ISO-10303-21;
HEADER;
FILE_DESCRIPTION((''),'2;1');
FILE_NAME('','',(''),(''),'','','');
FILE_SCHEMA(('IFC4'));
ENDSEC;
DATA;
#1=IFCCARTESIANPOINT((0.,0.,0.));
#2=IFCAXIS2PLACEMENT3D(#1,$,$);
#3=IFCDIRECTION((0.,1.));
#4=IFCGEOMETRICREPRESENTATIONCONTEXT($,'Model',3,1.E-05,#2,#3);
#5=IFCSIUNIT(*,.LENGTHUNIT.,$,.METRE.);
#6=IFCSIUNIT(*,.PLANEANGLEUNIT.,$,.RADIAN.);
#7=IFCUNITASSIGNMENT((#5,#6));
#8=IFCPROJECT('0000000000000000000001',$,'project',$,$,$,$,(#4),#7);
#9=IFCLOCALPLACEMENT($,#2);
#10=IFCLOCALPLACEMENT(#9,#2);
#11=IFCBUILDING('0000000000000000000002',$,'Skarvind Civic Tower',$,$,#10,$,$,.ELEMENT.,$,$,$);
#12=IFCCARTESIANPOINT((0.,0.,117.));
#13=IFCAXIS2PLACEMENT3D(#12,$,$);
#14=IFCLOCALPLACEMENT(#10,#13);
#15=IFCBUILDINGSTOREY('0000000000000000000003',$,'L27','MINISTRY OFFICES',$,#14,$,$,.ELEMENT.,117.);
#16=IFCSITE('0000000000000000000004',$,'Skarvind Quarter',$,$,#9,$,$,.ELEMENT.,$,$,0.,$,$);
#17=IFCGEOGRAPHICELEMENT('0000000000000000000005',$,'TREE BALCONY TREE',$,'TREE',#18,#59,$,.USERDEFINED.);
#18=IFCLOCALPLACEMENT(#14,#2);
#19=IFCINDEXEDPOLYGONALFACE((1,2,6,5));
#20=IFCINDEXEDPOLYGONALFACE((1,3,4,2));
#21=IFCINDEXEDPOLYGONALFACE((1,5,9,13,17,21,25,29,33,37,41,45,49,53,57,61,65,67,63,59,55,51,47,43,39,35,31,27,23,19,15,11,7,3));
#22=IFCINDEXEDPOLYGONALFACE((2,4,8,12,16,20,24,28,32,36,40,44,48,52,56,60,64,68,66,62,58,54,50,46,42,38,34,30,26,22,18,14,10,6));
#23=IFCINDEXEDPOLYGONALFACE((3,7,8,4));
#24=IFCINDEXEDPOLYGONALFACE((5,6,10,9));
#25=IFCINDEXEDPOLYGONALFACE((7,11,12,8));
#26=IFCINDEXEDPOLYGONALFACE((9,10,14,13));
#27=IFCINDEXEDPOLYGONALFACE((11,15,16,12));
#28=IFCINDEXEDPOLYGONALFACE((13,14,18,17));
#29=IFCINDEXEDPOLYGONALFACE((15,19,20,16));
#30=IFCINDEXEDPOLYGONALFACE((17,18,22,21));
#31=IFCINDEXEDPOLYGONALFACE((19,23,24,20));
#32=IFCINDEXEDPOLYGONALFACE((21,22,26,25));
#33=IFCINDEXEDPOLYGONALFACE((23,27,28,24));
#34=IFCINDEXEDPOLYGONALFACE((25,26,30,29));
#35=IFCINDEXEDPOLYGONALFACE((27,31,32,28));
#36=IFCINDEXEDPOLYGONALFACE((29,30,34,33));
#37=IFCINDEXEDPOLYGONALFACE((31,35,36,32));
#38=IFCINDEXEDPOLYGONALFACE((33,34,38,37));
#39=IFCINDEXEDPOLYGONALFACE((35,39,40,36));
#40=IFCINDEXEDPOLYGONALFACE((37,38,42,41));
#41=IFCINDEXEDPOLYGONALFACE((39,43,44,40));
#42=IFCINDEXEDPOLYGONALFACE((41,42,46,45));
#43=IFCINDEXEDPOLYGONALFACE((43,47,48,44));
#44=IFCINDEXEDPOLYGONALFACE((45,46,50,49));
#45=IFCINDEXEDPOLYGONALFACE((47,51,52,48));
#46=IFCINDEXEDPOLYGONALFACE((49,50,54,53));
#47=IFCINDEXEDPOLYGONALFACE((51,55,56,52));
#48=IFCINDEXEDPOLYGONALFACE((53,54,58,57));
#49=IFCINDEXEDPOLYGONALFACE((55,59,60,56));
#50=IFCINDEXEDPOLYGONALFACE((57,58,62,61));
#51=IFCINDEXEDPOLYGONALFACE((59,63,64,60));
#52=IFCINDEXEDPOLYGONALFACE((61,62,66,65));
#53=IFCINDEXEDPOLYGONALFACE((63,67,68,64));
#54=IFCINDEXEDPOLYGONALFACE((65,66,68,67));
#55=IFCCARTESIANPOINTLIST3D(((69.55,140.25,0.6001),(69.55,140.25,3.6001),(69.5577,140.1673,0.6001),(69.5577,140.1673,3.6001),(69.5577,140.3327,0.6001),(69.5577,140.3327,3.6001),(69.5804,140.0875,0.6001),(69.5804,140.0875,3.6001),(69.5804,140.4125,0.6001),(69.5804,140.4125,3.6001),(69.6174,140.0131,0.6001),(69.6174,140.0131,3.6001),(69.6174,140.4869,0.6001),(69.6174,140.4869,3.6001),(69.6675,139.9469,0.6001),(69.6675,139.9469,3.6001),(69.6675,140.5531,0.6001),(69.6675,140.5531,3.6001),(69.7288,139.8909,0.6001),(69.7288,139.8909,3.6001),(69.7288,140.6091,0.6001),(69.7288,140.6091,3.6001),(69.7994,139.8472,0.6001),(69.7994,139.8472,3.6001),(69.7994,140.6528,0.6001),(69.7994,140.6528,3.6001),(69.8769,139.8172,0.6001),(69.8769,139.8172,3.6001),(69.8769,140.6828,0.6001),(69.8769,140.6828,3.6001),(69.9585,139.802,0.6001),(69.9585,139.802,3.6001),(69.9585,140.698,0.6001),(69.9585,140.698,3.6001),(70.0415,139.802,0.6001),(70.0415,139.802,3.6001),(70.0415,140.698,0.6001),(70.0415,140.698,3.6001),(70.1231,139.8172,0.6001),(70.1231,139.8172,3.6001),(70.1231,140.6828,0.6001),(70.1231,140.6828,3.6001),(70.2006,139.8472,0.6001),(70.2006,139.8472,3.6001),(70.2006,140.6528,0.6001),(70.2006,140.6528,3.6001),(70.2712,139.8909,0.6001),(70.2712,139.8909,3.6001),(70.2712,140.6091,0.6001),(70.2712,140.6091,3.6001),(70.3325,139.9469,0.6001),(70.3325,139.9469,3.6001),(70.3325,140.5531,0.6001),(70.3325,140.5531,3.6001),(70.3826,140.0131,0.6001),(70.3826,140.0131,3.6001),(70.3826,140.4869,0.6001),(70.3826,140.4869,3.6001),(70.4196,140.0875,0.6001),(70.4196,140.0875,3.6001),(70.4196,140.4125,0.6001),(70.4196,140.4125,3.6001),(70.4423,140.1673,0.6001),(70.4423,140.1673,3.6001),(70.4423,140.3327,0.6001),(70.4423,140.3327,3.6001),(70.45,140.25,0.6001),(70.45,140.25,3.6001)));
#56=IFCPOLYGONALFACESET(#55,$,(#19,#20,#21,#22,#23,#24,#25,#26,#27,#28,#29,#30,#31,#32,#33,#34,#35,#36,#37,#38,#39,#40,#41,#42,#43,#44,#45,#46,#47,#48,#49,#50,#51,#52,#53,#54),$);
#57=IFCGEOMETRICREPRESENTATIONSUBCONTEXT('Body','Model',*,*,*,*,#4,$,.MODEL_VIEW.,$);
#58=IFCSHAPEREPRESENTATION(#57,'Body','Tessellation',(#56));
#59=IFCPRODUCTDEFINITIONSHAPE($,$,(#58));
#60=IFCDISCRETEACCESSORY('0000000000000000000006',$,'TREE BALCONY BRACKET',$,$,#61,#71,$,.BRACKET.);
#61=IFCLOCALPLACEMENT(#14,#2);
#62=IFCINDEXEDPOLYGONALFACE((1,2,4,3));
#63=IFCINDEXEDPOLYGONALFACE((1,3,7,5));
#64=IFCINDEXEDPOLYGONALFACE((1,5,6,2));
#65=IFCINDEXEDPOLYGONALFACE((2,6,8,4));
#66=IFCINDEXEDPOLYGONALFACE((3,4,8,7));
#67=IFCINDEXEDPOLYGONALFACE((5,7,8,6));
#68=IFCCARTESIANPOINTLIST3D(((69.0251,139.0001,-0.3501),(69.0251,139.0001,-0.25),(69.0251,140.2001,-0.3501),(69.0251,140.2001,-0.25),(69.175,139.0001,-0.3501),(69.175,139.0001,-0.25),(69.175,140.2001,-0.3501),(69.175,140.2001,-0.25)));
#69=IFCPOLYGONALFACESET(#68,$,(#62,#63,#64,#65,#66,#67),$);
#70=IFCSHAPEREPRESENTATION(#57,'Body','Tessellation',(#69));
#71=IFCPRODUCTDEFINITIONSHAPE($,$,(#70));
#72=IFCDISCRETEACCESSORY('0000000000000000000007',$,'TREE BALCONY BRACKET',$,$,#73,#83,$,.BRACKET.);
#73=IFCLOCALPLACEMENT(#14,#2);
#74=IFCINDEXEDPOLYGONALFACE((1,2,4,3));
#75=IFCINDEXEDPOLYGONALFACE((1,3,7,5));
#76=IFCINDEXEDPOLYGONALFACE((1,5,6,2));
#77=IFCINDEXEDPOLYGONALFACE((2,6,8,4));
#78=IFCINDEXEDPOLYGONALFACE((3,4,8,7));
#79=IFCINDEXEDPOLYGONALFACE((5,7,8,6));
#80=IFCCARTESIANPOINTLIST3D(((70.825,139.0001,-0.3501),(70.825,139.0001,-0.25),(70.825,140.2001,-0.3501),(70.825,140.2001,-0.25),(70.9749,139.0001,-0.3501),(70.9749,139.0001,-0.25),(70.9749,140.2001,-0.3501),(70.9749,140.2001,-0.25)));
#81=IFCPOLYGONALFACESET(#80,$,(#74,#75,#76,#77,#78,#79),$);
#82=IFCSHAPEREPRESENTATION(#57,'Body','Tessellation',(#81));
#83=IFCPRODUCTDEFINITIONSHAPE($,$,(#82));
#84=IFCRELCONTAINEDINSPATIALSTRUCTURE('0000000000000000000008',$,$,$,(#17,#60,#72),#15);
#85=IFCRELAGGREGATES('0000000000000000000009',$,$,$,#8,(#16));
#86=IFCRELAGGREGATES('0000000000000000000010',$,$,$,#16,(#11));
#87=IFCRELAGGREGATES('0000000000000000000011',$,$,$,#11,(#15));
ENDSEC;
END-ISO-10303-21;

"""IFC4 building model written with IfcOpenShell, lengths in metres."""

from ifc_helpers import new_model, si_unit, direction, frame, origin, origin_2d, place, context, subcontext, project, spatial, rectangle, circle, extrude, element, save


model = new_model("IFC4")

# Units and contexts
model_context = context("Model", 3, precision=1e-05, world=origin(), true_north=direction((0.0, 1.0)))
body_context = subcontext(model_context, "Body", "Model", "MODEL_VIEW")
ifc_project = project(units=[si_unit("LENGTHUNIT", "METRE"), si_unit("PLANEANGLEUNIT", "RADIAN")], contexts=[model_context])

# Site, building, storey
site_placement = place(None, origin())
site = spatial("IfcSite", under=ifc_project, at=site_placement, Name="Skarvind Quarter", CompositionType="ELEMENT", RefElevation=0.0)
building_placement = place(site_placement, origin())
building = spatial("IfcBuilding", under=site, at=building_placement, Name="Skarvind Civic Tower", CompositionType="ELEMENT")
storey_placement = place(building_placement, frame((0.0, 0.0, 117.0)))
storey = spatial("IfcBuildingStorey", under=building, at=storey_placement, Name="L27", Description="MINISTRY OFFICES", CompositionType="ELEMENT", Elevation=117.0)

# Geographic element
geographic_element_1_placement = place(storey_placement, frame((70.0, 140.25, 0.6001), z_axis=(0.0, 0.0, 1.0), x_axis=(1.0, 0.0, 0.0)))
element("IfcGeographicElement", 1, at=geographic_element_1_placement, inside=storey, Name="TREE BALCONY TREE", ObjectType="TREE", PredefinedType="USERDEFINED", context=body_context, shape_type="SweptSolid", body=[
    extrude(circle(Radius=0.45, at=origin_2d()), origin(), (0.0, 0.0, 1.0), 3.0),
])

# Discrete accessories
for number, where, z_axis, x_axis, name in (
    (2, (69.1001, 139.6001, -0.3501), (0.0, 0.0, 1.0), (1.0, 0.0, 0.0), "TREE BALCONY BRACKET"),
    (3, (70.8999, 139.6001, -0.3501), (0.0, 0.0, 1.0), (1.0, 0.0, 0.0), "TREE BALCONY BRACKET"),
):
    element("IfcDiscreteAccessory", number, at=place(storey_placement, frame(where, z_axis=z_axis, x_axis=x_axis)), inside=storey, Name=name, PredefinedType="BRACKET", context=body_context, shape_type="SweptSolid", body=[
        extrude(rectangle(XDim=0.1499, YDim=1.2, at=origin_2d()), origin(), (0.0, 0.0, 1.0), 0.1001),
    ])

save(model, "model.ifc")
